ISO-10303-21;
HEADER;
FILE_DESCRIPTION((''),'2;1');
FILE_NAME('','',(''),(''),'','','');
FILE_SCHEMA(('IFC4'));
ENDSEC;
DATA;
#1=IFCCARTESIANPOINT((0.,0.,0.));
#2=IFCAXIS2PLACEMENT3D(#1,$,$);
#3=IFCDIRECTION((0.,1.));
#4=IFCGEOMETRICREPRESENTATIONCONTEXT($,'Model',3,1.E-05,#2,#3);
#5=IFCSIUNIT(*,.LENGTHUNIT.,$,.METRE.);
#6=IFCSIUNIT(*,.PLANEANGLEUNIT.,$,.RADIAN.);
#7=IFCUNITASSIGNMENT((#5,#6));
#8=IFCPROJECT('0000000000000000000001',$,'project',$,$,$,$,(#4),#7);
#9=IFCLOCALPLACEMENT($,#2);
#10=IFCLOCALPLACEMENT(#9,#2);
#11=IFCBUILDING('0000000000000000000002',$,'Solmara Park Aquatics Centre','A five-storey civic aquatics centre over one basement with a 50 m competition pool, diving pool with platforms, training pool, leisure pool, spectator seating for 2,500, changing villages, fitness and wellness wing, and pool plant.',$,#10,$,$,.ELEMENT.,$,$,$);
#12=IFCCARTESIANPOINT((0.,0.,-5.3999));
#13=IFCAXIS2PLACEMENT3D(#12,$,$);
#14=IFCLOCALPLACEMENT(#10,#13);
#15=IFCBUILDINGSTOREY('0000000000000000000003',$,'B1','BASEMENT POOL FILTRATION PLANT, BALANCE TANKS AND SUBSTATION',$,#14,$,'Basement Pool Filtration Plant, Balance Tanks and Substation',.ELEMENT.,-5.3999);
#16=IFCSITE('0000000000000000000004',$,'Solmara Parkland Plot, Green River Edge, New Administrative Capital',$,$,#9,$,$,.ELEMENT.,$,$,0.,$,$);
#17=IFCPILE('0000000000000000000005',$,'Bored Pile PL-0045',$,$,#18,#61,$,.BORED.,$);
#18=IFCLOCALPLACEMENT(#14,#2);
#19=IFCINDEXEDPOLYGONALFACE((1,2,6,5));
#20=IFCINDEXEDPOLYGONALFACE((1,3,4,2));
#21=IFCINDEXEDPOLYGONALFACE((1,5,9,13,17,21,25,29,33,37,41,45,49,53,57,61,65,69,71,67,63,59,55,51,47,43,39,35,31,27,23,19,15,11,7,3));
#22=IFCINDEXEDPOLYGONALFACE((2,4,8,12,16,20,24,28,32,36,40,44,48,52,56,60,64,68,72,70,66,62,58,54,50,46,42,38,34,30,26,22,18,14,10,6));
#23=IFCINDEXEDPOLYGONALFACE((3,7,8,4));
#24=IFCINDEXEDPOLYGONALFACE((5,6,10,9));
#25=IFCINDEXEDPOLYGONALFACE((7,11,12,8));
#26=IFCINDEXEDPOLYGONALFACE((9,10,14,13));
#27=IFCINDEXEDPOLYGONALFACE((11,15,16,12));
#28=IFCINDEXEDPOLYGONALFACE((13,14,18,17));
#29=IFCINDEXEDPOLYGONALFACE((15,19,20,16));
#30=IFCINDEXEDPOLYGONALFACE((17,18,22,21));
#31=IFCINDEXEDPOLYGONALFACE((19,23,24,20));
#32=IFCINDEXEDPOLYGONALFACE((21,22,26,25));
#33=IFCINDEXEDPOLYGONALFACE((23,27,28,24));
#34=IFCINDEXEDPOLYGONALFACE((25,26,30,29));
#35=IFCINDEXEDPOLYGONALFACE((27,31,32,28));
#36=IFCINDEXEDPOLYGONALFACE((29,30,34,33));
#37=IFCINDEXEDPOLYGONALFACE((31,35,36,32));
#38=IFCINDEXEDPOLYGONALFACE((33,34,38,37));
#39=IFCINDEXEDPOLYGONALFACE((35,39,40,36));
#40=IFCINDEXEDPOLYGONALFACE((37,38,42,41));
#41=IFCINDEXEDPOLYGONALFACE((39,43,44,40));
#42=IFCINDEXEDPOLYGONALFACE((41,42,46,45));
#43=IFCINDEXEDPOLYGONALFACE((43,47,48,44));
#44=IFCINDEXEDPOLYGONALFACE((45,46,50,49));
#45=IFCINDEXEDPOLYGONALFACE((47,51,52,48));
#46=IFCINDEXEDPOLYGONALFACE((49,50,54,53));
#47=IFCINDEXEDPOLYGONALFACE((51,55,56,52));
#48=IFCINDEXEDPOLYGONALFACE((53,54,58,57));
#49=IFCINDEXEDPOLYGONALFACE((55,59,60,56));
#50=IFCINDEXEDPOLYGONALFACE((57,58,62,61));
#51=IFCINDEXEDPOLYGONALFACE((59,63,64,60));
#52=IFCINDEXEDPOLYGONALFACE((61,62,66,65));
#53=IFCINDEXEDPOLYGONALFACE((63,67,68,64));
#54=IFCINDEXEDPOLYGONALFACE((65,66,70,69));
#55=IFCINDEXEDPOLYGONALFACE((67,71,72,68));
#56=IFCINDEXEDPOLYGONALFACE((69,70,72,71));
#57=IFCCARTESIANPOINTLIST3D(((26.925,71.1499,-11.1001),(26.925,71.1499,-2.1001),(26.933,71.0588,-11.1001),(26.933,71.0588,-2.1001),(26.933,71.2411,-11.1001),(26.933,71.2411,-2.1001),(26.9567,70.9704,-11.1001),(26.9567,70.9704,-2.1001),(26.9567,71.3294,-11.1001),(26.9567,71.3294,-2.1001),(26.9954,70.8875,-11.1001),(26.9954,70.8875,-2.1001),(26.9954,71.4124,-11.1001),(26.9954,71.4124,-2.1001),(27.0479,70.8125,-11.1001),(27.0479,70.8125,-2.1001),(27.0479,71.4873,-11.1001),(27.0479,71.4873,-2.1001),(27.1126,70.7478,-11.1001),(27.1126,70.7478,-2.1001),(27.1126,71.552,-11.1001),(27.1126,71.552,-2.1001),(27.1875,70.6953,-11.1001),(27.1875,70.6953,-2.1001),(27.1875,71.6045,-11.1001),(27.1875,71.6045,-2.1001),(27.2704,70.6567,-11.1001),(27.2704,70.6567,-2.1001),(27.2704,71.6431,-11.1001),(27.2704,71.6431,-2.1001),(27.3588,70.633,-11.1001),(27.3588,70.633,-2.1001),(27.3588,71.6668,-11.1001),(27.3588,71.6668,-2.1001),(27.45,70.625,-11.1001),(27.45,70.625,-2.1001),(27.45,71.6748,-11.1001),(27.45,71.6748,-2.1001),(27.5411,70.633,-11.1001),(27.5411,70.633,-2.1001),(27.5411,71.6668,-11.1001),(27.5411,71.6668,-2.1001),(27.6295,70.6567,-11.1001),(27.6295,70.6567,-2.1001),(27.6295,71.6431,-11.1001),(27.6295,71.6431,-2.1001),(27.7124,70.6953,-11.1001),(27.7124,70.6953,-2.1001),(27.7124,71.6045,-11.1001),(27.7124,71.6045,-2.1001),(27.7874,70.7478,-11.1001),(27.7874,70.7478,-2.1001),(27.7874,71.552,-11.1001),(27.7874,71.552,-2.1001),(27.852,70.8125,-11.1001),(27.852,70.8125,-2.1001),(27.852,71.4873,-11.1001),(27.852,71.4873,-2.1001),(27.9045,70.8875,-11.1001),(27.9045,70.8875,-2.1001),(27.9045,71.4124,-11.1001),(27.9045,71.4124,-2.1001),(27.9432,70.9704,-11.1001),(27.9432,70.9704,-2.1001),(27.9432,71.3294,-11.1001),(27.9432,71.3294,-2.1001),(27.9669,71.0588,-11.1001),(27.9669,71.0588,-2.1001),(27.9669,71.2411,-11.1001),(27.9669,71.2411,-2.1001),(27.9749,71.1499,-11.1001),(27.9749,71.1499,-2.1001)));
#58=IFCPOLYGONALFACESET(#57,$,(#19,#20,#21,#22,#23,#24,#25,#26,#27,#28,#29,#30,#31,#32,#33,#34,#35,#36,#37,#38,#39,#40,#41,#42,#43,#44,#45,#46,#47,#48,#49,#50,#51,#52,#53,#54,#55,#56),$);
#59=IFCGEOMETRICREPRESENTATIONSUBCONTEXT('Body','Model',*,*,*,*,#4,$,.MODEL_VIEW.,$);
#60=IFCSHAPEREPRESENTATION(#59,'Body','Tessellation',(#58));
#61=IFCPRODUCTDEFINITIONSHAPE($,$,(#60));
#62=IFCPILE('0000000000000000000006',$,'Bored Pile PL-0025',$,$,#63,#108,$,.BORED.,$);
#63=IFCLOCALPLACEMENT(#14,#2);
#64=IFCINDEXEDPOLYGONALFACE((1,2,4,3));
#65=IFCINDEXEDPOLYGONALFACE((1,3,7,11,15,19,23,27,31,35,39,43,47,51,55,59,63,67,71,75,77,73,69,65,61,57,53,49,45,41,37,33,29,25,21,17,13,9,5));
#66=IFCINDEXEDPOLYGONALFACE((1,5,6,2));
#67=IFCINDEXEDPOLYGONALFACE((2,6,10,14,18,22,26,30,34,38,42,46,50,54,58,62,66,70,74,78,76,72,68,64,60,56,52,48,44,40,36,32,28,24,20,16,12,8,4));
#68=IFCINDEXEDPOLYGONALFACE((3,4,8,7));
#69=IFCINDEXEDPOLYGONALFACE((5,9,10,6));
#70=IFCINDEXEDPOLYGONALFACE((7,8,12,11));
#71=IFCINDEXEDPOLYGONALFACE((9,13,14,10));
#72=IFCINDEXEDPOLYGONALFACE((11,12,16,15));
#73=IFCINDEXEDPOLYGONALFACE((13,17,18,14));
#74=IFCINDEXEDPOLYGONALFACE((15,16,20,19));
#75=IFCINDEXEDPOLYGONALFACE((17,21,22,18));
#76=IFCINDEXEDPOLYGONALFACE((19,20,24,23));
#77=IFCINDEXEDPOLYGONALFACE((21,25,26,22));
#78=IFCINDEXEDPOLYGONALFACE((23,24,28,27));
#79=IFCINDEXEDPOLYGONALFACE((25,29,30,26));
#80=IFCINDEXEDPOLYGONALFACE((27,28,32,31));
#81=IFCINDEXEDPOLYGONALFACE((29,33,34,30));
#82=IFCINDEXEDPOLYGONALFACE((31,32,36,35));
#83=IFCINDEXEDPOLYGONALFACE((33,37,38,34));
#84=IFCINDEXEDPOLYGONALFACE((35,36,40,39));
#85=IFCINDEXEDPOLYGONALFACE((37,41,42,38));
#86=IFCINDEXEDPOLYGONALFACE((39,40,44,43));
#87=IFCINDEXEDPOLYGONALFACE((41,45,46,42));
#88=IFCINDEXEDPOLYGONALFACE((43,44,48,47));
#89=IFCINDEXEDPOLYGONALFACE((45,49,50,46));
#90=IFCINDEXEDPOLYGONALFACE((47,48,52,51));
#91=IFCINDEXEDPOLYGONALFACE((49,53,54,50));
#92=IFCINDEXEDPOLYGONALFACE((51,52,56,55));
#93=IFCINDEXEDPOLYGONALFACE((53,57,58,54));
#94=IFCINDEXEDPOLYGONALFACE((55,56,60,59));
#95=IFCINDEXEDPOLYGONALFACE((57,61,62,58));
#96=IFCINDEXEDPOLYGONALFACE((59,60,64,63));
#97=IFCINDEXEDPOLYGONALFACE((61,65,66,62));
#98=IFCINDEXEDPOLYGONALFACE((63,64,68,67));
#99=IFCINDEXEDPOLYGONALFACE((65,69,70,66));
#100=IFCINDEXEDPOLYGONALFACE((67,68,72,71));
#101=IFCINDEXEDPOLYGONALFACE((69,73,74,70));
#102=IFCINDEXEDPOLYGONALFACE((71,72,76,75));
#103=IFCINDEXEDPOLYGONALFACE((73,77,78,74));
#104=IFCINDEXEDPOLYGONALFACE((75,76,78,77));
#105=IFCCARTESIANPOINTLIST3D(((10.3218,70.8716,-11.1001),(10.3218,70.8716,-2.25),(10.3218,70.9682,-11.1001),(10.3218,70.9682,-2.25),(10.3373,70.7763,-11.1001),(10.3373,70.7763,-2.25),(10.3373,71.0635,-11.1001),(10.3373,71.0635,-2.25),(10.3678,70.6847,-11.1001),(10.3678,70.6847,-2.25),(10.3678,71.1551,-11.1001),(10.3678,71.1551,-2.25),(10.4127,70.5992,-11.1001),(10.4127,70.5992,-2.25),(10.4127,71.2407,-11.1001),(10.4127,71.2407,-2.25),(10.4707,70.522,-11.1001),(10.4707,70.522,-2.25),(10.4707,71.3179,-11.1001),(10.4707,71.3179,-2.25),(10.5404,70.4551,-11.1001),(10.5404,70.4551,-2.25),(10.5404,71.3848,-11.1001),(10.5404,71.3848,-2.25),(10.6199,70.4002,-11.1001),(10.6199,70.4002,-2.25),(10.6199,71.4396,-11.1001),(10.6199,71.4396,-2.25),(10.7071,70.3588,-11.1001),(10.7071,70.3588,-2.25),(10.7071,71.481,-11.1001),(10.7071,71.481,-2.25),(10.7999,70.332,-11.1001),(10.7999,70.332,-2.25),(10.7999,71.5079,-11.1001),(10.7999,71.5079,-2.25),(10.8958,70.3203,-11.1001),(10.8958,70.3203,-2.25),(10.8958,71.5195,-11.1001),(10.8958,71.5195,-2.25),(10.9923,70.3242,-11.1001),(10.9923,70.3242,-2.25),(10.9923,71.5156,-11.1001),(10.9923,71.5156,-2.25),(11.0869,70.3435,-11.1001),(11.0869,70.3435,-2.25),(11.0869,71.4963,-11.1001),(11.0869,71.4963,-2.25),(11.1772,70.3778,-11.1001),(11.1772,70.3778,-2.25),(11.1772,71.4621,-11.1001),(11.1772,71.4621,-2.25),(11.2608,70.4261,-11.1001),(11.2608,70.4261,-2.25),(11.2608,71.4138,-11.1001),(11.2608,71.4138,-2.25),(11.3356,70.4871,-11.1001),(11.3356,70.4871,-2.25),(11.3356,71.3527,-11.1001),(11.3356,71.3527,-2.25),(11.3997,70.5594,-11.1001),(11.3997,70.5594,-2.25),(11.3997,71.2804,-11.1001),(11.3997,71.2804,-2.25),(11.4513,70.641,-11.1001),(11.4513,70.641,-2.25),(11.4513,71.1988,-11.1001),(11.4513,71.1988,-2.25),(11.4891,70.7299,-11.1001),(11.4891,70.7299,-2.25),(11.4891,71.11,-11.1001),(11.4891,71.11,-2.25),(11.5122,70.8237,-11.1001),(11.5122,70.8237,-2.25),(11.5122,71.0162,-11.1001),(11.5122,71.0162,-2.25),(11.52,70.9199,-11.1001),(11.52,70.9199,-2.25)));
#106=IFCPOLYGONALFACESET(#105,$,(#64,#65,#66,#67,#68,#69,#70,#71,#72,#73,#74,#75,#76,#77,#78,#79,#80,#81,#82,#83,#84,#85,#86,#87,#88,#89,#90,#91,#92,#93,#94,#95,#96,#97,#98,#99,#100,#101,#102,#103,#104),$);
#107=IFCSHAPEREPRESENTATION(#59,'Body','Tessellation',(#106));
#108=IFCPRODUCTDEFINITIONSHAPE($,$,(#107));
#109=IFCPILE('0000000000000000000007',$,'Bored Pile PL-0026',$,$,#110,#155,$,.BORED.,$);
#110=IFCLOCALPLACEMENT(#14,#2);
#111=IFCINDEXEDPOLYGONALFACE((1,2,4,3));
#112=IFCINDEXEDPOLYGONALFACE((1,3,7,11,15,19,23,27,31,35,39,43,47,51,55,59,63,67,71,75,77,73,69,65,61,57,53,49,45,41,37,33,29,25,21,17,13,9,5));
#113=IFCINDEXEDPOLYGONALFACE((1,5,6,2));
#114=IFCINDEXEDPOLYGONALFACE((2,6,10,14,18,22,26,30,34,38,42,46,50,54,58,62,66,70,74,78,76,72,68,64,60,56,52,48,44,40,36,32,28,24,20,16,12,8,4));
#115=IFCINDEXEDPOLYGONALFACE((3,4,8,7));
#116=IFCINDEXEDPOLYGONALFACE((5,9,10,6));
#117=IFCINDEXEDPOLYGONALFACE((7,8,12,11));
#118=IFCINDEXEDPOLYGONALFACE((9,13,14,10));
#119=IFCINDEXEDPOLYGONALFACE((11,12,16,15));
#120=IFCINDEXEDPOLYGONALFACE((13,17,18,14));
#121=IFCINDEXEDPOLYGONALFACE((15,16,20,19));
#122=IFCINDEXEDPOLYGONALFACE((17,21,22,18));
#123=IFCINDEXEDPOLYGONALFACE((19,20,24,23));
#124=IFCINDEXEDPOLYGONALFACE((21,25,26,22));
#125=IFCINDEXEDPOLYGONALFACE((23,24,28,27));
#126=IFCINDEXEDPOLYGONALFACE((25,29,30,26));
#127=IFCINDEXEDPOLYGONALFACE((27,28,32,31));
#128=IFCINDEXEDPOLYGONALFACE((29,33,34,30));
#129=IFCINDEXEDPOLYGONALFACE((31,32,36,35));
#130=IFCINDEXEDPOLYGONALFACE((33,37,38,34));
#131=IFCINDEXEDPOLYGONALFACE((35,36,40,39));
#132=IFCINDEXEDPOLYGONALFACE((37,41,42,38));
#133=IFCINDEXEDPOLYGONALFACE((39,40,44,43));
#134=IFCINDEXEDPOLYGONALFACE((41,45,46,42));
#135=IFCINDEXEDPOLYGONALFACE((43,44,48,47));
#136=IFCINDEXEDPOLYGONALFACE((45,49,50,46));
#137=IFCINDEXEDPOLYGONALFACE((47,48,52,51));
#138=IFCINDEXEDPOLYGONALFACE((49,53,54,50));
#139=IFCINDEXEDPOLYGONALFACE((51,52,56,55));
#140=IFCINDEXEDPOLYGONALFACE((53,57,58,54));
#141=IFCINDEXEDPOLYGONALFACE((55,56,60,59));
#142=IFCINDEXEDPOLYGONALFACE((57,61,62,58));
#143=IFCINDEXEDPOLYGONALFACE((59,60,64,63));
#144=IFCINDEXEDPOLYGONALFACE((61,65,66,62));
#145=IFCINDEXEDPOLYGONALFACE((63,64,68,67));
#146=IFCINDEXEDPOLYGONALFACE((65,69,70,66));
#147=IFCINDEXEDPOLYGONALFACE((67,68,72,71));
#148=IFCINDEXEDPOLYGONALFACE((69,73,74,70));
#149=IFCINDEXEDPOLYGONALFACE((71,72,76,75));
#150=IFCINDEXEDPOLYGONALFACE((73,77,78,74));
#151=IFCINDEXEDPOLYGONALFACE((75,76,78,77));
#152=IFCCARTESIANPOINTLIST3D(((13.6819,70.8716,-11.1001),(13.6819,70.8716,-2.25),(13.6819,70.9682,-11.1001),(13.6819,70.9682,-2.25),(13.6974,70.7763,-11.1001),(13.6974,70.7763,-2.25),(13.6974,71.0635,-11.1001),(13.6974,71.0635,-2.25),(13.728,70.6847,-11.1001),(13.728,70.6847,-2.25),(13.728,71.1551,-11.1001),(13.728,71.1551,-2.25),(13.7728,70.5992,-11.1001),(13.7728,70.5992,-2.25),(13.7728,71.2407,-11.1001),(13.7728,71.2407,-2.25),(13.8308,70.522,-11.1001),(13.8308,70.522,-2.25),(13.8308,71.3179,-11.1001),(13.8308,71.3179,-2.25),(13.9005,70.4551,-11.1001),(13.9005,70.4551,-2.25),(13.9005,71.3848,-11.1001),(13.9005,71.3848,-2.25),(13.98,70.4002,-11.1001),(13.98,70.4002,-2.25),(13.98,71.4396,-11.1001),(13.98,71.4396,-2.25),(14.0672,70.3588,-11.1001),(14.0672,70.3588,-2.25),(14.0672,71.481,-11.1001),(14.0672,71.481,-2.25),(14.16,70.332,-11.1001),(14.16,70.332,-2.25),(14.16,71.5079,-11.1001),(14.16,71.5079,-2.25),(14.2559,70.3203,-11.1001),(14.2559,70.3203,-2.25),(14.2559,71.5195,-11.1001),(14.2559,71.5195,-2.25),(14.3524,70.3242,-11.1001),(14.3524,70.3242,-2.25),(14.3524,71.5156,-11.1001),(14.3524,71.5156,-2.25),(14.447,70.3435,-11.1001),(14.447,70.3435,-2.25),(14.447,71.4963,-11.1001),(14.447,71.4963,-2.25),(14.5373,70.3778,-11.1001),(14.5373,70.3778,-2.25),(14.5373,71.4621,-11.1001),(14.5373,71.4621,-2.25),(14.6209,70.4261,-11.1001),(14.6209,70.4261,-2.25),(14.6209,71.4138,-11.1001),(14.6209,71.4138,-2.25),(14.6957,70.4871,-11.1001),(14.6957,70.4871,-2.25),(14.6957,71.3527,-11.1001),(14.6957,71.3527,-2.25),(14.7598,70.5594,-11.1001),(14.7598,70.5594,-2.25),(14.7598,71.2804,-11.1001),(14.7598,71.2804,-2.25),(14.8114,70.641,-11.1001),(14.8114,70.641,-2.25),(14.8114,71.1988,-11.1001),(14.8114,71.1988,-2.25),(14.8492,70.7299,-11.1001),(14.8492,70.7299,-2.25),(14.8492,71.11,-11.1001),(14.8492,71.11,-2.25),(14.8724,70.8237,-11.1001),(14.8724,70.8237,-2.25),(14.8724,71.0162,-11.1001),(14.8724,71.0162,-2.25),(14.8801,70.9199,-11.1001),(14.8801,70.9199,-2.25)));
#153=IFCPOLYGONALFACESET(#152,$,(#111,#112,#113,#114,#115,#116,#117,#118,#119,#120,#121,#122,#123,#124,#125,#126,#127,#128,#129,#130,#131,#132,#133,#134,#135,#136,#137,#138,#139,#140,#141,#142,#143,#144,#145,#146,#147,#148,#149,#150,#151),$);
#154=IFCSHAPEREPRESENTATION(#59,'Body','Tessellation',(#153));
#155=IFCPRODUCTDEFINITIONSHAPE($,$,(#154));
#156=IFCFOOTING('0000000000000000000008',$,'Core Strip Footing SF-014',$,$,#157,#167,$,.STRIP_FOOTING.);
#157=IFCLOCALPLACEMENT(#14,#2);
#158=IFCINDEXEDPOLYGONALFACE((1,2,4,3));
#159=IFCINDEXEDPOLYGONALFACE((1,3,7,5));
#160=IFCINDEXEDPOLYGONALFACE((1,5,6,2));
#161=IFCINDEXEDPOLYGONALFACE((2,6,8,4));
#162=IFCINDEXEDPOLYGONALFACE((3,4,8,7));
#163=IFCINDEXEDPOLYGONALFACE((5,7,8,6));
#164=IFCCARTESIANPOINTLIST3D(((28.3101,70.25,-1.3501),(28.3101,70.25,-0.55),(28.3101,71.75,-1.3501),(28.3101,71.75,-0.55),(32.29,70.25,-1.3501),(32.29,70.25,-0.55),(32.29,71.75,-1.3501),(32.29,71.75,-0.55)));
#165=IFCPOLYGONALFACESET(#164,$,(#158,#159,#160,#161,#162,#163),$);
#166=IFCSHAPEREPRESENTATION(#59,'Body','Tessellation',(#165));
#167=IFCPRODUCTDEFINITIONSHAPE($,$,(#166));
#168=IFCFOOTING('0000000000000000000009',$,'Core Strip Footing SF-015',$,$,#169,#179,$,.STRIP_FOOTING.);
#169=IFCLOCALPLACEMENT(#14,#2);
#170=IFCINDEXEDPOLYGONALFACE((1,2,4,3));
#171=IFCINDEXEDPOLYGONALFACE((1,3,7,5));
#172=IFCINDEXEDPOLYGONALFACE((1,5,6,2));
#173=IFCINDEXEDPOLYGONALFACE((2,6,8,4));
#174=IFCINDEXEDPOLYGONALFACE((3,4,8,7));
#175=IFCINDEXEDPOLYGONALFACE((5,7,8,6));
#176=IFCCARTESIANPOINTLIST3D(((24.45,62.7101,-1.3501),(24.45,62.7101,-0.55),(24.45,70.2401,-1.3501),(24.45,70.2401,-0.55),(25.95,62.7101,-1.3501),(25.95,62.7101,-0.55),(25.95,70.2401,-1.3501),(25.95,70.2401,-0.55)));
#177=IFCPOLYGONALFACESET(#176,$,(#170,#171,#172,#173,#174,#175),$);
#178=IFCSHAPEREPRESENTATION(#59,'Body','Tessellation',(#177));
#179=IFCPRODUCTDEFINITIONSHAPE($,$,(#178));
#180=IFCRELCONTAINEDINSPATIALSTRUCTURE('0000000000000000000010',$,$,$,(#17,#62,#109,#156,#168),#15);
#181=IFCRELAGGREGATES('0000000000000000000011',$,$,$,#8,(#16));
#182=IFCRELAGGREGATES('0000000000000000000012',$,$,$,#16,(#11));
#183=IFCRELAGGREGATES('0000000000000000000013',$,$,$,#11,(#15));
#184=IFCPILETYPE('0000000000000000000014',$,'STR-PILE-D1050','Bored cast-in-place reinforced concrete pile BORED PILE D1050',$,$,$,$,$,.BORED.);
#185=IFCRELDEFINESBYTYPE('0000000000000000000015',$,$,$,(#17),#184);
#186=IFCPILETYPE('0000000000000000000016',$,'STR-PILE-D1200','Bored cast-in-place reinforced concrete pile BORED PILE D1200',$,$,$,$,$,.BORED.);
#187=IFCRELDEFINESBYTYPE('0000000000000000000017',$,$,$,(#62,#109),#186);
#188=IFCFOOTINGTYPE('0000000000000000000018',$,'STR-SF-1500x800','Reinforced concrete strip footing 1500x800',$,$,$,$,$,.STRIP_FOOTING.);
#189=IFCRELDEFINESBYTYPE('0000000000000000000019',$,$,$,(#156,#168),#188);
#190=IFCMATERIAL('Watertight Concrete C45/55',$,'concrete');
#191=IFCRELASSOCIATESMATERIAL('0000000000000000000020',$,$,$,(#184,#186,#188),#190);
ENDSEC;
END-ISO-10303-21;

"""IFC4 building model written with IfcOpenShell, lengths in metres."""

from ifc_helpers import new_model, si_unit, direction, frame, origin, origin_2d, place, context, subcontext, project, spatial, rectangle, circle, extrude, material, material_profile, profile_set, type_object, element, save


model = new_model("IFC4")

# Units and contexts
model_context = context("Model", 3, precision=1e-05, world=origin(), true_north=direction((0.0, 1.0)))
body_context = subcontext(model_context, "Body", "Model", "MODEL_VIEW")
ifc_project = project(units=[si_unit("LENGTHUNIT", "METRE"), si_unit("PLANEANGLEUNIT", "RADIAN")], contexts=[model_context])

# Site, building, storey
site_placement = place(None, origin())
site = spatial("IfcSite", under=ifc_project, at=site_placement, Name="Solmara Parkland Plot, Green River Edge, New Administrative Capital", CompositionType="ELEMENT", RefElevation=0.0)
building_placement = place(site_placement, origin())
building = spatial("IfcBuilding", under=site, at=building_placement, Name="Solmara Park Aquatics Centre", Description="A five-storey civic aquatics centre over one basement with a 50 m competition pool, diving pool with platforms, training pool, leisure pool, spectator seating for 2,500, changing villages, fitness and wellness wing, and pool plant.", CompositionType="ELEMENT")
storey_placement = place(building_placement, frame((0.0, 0.0, -5.3999)))
storey = spatial("IfcBuildingStorey", under=building, at=storey_placement, Name="B1", Description="BASEMENT POOL FILTRATION PLANT, BALANCE TANKS AND SUBSTATION", LongName="Basement Pool Filtration Plant, Balance Tanks and Substation", CompositionType="ELEMENT", Elevation=-5.3999)

# Shared definitions
ifc_material_1 = material(Name="Watertight Concrete C45/55", Category="concrete")

# Piles
ifc_material_profile_1 = material_profile(ifc_material_1, circle(Radius=0.5249, at=origin_2d()), Name="BORED PILE D1050")
ifc_profile_set_1 = profile_set([ifc_material_profile_1], Name="Watertight Concrete C45/55")
pile_type_1 = type_object("IfcPileType", Name="STR-PILE-D1050", Description="Bored cast-in-place reinforced concrete pile BORED PILE D1050", PredefinedType="BORED", material=ifc_profile_set_1)
for number, where, z_axis, x_axis, name in (
    (1, (27.45, 71.1499, -2.1001), (0.0, 0.0, -1.0), (1.0, 0.0, 0.0), "Bored Pile PL-0045"),
):
    element("IfcPile", number, at=place(storey_placement, frame(where, z_axis=z_axis, x_axis=x_axis)), inside=storey, type_object=pile_type_1, Name=name, PredefinedType="BORED", context=body_context, shape_type="SweptSolid", body=[
        extrude(circle(Radius=0.5249, at=origin_2d()), origin(), (0.0, 0.0, 1.0), 9.0),
    ])
ifc_material_profile_2 = material_profile(ifc_material_1, circle(Radius=0.6001, at=origin_2d()), Name="BORED PILE D1200")
ifc_profile_set_2 = profile_set([ifc_material_profile_2], Name="Watertight Concrete C45/55")
pile_type_2 = type_object("IfcPileType", Name="STR-PILE-D1200", Description="Bored cast-in-place reinforced concrete pile BORED PILE D1200", PredefinedType="BORED", material=ifc_profile_set_2)
for number, where, z_axis, x_axis, name in (
    (2, (10.9199, 70.9199, -2.25), (0.0, 0.0, -1.0), (1.0, 0.0, 0.0), "Bored Pile PL-0025"),
    (3, (14.28, 70.9199, -2.25), (0.0, 0.0, -1.0), (1.0, 0.0, 0.0), "Bored Pile PL-0026"),
):
    element("IfcPile", number, at=place(storey_placement, frame(where, z_axis=z_axis, x_axis=x_axis)), inside=storey, type_object=pile_type_2, Name=name, PredefinedType="BORED", context=body_context, shape_type="SweptSolid", body=[
        extrude(circle(Radius=0.6001, at=origin_2d()), origin(), (0.0, 0.0, 1.0), 8.8501),
    ])

# Footings
footing_type_1 = type_object("IfcFootingType", Name="STR-SF-1500x800", Description="Reinforced concrete strip footing 1500x800", PredefinedType="STRIP_FOOTING", material=ifc_material_1)
footing_1_placement = place(storey_placement, frame((30.3, 71.0, -1.3501), z_axis=(0.0, 0.0, 1.0), x_axis=(1.0, 0.0, 0.0)))
element("IfcFooting", 4, at=footing_1_placement, inside=storey, type_object=footing_type_1, Name="Core Strip Footing SF-014", PredefinedType="STRIP_FOOTING", context=body_context, shape_type="SweptSolid", body=[
    extrude(rectangle(XDim=3.98, YDim=1.5, at=origin_2d()), origin(), (0.0, 0.0, 1.0), 0.8),
])
footing_2_placement = place(storey_placement, frame((25.2, 66.4751, -1.3501), z_axis=(0.0, 0.0, 1.0), x_axis=(1.0, 0.0, 0.0)))
element("IfcFooting", 5, at=footing_2_placement, inside=storey, type_object=footing_type_1, Name="Core Strip Footing SF-015", PredefinedType="STRIP_FOOTING", context=body_context, shape_type="SweptSolid", body=[
    extrude(rectangle(XDim=1.5, YDim=7.53, at=origin_2d()), origin(), (0.0, 0.0, 1.0), 0.8),
])

save(model, "model.ifc")
